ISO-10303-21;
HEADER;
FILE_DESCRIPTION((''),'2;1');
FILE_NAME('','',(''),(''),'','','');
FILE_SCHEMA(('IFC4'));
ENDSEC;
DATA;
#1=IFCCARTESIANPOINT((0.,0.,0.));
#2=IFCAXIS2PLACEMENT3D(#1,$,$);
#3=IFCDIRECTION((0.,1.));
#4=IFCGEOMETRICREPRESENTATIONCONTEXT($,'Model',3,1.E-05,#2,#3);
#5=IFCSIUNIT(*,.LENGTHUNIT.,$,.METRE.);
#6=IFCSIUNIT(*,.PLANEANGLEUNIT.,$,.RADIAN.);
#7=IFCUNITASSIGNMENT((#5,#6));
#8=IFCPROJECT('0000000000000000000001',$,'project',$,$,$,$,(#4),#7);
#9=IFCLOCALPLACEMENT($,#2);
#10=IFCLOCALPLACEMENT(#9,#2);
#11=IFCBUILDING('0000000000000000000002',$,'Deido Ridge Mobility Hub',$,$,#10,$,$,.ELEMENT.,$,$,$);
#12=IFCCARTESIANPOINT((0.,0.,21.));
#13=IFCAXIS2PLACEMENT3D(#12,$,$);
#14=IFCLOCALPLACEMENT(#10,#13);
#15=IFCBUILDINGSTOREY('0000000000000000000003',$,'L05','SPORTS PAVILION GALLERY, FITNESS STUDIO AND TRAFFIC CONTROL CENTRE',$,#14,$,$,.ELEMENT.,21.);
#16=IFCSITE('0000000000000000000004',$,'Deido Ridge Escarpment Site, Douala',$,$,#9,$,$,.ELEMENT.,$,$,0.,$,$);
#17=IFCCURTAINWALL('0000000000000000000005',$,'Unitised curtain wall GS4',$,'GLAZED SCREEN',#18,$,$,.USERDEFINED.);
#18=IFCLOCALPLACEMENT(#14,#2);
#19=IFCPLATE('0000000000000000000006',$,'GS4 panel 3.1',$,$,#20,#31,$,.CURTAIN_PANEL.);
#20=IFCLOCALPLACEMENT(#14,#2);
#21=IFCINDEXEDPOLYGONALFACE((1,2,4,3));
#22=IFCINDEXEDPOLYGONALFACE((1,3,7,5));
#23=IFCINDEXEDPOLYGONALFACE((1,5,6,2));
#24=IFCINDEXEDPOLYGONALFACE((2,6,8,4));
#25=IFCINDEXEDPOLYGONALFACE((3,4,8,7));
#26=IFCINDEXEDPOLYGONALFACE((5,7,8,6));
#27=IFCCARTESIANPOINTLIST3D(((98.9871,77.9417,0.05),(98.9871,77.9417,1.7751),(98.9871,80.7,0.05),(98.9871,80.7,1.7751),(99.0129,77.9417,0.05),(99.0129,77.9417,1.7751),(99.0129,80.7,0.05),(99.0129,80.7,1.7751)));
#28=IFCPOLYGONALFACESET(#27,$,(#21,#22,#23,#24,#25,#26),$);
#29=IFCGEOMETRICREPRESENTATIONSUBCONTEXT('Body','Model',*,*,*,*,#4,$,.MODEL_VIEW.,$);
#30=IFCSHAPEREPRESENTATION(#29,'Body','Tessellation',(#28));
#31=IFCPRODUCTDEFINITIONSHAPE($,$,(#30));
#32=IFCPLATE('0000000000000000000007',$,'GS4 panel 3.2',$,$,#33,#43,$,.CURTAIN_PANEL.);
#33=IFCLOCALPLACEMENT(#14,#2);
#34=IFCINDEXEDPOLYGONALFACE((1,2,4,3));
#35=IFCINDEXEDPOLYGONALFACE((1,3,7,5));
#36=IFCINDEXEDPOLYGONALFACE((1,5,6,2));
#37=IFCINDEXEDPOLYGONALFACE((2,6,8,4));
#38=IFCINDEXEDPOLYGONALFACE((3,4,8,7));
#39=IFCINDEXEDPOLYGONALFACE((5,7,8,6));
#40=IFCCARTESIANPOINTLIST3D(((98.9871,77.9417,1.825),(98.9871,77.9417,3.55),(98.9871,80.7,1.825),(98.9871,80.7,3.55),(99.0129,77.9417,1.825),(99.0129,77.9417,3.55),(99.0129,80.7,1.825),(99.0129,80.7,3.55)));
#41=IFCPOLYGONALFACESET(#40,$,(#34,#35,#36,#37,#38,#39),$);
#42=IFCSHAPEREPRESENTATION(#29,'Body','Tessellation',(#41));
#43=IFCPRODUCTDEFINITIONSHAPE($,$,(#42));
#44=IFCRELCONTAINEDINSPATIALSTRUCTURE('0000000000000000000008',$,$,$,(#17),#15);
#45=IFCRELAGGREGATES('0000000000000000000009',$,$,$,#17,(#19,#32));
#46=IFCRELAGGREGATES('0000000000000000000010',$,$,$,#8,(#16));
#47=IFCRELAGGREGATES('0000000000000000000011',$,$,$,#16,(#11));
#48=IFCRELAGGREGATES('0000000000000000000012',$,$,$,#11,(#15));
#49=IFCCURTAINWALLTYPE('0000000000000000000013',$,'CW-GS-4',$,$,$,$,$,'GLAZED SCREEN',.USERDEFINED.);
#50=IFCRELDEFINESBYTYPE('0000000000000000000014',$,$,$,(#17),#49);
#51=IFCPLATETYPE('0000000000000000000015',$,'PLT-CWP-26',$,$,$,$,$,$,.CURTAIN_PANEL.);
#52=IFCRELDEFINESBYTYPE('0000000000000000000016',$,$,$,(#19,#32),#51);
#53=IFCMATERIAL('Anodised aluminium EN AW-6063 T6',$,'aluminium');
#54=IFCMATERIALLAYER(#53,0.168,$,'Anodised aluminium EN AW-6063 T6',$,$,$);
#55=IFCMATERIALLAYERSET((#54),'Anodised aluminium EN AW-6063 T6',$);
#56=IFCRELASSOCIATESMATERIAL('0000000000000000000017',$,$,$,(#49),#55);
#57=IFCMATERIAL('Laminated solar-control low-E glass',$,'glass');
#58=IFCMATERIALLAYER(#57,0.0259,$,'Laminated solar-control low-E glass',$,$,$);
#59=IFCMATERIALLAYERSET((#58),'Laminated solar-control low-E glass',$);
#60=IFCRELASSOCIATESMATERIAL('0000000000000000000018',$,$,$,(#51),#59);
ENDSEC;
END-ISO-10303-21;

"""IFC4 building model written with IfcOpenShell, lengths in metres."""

from ifc_helpers import new_model, si_unit, direction, frame, origin, origin_2d, place, context, subcontext, project, spatial, rectangle, extrude, material, layer, layer_set, type_object, element, aggregate, save


model = new_model("IFC4")

# Units and contexts
model_context = context("Model", 3, precision=1e-05, world=origin(), true_north=direction((0.0, 1.0)))
body_context = subcontext(model_context, "Body", "Model", "MODEL_VIEW")
ifc_project = project(units=[si_unit("LENGTHUNIT", "METRE"), si_unit("PLANEANGLEUNIT", "RADIAN")], contexts=[model_context])

# Site, building, storey
site_placement = place(None, origin())
site = spatial("IfcSite", under=ifc_project, at=site_placement, Name="Deido Ridge Escarpment Site, Douala", CompositionType="ELEMENT", RefElevation=0.0)
building_placement = place(site_placement, origin())
building = spatial("IfcBuilding", under=site, at=building_placement, Name="Deido Ridge Mobility Hub", CompositionType="ELEMENT")
storey_placement = place(building_placement, frame((0.0, 0.0, 21.0)))
storey = spatial("IfcBuildingStorey", under=building, at=storey_placement, Name="L05", Description="SPORTS PAVILION GALLERY, FITNESS STUDIO AND TRAFFIC CONTROL CENTRE", CompositionType="ELEMENT", Elevation=21.0)

# Curtain wall
ifc_material_1 = material(Name="Anodised aluminium EN AW-6063 T6", Category="aluminium")
ifc_layer_1 = layer(ifc_material_1, 0.168, Name="Anodised aluminium EN AW-6063 T6")
ifc_layer_set_1 = layer_set([ifc_layer_1], Name="Anodised aluminium EN AW-6063 T6")
curtain_wall_type = type_object("IfcCurtainWallType", Name="CW-GS-4", ElementType="GLAZED SCREEN", PredefinedType="USERDEFINED", material=ifc_layer_set_1)
curtain_wall_1_placement = place(storey_placement, origin())
curtain_wall_1 = element("IfcCurtainWall", 1, at=curtain_wall_1_placement, inside=storey, type_object=curtain_wall_type, Name="Unitised curtain wall GS4", ObjectType="GLAZED SCREEN", PredefinedType="USERDEFINED")

# Plates
ifc_material_2 = material(Name="Laminated solar-control low-E glass", Category="glass")
ifc_layer_2 = layer(ifc_material_2, 0.0259, Name="Laminated solar-control low-E glass")
ifc_layer_set_2 = layer_set([ifc_layer_2], Name="Laminated solar-control low-E glass")
plate_type = type_object("IfcPlateType", Name="PLT-CWP-26", PredefinedType="CURTAIN_PANEL", material=ifc_layer_set_2)
plate_1_placement = place(storey_placement, frame((99.0, 79.3208, 0.05), z_axis=(0.0, 0.0, 1.0), x_axis=(0.0, 1.0, 0.0)))
plate_1 = element("IfcPlate", 2, at=plate_1_placement, type_object=plate_type, Name="GS4 panel 3.1", PredefinedType="CURTAIN_PANEL", context=body_context, shape_type="SweptSolid", body=[
    extrude(rectangle(XDim=2.7583, YDim=0.0259, at=origin_2d()), origin(), (0.0, 0.0, 1.0), 1.7251),
])
plate_2_placement = place(storey_placement, frame((99.0, 79.3208, 1.825), z_axis=(0.0, 0.0, 1.0), x_axis=(0.0, 1.0, 0.0)))
plate_2 = element("IfcPlate", 3, at=plate_2_placement, type_object=plate_type, Name="GS4 panel 3.2", PredefinedType="CURTAIN_PANEL", context=body_context, shape_type="SweptSolid", body=[
    extrude(rectangle(XDim=2.7583, YDim=0.0259, at=origin_2d()), origin(), (0.0, 0.0, 1.0), 1.7251),
])
aggregate(curtain_wall_1, [plate_1, plate_2])

save(model, "model.ifc")
